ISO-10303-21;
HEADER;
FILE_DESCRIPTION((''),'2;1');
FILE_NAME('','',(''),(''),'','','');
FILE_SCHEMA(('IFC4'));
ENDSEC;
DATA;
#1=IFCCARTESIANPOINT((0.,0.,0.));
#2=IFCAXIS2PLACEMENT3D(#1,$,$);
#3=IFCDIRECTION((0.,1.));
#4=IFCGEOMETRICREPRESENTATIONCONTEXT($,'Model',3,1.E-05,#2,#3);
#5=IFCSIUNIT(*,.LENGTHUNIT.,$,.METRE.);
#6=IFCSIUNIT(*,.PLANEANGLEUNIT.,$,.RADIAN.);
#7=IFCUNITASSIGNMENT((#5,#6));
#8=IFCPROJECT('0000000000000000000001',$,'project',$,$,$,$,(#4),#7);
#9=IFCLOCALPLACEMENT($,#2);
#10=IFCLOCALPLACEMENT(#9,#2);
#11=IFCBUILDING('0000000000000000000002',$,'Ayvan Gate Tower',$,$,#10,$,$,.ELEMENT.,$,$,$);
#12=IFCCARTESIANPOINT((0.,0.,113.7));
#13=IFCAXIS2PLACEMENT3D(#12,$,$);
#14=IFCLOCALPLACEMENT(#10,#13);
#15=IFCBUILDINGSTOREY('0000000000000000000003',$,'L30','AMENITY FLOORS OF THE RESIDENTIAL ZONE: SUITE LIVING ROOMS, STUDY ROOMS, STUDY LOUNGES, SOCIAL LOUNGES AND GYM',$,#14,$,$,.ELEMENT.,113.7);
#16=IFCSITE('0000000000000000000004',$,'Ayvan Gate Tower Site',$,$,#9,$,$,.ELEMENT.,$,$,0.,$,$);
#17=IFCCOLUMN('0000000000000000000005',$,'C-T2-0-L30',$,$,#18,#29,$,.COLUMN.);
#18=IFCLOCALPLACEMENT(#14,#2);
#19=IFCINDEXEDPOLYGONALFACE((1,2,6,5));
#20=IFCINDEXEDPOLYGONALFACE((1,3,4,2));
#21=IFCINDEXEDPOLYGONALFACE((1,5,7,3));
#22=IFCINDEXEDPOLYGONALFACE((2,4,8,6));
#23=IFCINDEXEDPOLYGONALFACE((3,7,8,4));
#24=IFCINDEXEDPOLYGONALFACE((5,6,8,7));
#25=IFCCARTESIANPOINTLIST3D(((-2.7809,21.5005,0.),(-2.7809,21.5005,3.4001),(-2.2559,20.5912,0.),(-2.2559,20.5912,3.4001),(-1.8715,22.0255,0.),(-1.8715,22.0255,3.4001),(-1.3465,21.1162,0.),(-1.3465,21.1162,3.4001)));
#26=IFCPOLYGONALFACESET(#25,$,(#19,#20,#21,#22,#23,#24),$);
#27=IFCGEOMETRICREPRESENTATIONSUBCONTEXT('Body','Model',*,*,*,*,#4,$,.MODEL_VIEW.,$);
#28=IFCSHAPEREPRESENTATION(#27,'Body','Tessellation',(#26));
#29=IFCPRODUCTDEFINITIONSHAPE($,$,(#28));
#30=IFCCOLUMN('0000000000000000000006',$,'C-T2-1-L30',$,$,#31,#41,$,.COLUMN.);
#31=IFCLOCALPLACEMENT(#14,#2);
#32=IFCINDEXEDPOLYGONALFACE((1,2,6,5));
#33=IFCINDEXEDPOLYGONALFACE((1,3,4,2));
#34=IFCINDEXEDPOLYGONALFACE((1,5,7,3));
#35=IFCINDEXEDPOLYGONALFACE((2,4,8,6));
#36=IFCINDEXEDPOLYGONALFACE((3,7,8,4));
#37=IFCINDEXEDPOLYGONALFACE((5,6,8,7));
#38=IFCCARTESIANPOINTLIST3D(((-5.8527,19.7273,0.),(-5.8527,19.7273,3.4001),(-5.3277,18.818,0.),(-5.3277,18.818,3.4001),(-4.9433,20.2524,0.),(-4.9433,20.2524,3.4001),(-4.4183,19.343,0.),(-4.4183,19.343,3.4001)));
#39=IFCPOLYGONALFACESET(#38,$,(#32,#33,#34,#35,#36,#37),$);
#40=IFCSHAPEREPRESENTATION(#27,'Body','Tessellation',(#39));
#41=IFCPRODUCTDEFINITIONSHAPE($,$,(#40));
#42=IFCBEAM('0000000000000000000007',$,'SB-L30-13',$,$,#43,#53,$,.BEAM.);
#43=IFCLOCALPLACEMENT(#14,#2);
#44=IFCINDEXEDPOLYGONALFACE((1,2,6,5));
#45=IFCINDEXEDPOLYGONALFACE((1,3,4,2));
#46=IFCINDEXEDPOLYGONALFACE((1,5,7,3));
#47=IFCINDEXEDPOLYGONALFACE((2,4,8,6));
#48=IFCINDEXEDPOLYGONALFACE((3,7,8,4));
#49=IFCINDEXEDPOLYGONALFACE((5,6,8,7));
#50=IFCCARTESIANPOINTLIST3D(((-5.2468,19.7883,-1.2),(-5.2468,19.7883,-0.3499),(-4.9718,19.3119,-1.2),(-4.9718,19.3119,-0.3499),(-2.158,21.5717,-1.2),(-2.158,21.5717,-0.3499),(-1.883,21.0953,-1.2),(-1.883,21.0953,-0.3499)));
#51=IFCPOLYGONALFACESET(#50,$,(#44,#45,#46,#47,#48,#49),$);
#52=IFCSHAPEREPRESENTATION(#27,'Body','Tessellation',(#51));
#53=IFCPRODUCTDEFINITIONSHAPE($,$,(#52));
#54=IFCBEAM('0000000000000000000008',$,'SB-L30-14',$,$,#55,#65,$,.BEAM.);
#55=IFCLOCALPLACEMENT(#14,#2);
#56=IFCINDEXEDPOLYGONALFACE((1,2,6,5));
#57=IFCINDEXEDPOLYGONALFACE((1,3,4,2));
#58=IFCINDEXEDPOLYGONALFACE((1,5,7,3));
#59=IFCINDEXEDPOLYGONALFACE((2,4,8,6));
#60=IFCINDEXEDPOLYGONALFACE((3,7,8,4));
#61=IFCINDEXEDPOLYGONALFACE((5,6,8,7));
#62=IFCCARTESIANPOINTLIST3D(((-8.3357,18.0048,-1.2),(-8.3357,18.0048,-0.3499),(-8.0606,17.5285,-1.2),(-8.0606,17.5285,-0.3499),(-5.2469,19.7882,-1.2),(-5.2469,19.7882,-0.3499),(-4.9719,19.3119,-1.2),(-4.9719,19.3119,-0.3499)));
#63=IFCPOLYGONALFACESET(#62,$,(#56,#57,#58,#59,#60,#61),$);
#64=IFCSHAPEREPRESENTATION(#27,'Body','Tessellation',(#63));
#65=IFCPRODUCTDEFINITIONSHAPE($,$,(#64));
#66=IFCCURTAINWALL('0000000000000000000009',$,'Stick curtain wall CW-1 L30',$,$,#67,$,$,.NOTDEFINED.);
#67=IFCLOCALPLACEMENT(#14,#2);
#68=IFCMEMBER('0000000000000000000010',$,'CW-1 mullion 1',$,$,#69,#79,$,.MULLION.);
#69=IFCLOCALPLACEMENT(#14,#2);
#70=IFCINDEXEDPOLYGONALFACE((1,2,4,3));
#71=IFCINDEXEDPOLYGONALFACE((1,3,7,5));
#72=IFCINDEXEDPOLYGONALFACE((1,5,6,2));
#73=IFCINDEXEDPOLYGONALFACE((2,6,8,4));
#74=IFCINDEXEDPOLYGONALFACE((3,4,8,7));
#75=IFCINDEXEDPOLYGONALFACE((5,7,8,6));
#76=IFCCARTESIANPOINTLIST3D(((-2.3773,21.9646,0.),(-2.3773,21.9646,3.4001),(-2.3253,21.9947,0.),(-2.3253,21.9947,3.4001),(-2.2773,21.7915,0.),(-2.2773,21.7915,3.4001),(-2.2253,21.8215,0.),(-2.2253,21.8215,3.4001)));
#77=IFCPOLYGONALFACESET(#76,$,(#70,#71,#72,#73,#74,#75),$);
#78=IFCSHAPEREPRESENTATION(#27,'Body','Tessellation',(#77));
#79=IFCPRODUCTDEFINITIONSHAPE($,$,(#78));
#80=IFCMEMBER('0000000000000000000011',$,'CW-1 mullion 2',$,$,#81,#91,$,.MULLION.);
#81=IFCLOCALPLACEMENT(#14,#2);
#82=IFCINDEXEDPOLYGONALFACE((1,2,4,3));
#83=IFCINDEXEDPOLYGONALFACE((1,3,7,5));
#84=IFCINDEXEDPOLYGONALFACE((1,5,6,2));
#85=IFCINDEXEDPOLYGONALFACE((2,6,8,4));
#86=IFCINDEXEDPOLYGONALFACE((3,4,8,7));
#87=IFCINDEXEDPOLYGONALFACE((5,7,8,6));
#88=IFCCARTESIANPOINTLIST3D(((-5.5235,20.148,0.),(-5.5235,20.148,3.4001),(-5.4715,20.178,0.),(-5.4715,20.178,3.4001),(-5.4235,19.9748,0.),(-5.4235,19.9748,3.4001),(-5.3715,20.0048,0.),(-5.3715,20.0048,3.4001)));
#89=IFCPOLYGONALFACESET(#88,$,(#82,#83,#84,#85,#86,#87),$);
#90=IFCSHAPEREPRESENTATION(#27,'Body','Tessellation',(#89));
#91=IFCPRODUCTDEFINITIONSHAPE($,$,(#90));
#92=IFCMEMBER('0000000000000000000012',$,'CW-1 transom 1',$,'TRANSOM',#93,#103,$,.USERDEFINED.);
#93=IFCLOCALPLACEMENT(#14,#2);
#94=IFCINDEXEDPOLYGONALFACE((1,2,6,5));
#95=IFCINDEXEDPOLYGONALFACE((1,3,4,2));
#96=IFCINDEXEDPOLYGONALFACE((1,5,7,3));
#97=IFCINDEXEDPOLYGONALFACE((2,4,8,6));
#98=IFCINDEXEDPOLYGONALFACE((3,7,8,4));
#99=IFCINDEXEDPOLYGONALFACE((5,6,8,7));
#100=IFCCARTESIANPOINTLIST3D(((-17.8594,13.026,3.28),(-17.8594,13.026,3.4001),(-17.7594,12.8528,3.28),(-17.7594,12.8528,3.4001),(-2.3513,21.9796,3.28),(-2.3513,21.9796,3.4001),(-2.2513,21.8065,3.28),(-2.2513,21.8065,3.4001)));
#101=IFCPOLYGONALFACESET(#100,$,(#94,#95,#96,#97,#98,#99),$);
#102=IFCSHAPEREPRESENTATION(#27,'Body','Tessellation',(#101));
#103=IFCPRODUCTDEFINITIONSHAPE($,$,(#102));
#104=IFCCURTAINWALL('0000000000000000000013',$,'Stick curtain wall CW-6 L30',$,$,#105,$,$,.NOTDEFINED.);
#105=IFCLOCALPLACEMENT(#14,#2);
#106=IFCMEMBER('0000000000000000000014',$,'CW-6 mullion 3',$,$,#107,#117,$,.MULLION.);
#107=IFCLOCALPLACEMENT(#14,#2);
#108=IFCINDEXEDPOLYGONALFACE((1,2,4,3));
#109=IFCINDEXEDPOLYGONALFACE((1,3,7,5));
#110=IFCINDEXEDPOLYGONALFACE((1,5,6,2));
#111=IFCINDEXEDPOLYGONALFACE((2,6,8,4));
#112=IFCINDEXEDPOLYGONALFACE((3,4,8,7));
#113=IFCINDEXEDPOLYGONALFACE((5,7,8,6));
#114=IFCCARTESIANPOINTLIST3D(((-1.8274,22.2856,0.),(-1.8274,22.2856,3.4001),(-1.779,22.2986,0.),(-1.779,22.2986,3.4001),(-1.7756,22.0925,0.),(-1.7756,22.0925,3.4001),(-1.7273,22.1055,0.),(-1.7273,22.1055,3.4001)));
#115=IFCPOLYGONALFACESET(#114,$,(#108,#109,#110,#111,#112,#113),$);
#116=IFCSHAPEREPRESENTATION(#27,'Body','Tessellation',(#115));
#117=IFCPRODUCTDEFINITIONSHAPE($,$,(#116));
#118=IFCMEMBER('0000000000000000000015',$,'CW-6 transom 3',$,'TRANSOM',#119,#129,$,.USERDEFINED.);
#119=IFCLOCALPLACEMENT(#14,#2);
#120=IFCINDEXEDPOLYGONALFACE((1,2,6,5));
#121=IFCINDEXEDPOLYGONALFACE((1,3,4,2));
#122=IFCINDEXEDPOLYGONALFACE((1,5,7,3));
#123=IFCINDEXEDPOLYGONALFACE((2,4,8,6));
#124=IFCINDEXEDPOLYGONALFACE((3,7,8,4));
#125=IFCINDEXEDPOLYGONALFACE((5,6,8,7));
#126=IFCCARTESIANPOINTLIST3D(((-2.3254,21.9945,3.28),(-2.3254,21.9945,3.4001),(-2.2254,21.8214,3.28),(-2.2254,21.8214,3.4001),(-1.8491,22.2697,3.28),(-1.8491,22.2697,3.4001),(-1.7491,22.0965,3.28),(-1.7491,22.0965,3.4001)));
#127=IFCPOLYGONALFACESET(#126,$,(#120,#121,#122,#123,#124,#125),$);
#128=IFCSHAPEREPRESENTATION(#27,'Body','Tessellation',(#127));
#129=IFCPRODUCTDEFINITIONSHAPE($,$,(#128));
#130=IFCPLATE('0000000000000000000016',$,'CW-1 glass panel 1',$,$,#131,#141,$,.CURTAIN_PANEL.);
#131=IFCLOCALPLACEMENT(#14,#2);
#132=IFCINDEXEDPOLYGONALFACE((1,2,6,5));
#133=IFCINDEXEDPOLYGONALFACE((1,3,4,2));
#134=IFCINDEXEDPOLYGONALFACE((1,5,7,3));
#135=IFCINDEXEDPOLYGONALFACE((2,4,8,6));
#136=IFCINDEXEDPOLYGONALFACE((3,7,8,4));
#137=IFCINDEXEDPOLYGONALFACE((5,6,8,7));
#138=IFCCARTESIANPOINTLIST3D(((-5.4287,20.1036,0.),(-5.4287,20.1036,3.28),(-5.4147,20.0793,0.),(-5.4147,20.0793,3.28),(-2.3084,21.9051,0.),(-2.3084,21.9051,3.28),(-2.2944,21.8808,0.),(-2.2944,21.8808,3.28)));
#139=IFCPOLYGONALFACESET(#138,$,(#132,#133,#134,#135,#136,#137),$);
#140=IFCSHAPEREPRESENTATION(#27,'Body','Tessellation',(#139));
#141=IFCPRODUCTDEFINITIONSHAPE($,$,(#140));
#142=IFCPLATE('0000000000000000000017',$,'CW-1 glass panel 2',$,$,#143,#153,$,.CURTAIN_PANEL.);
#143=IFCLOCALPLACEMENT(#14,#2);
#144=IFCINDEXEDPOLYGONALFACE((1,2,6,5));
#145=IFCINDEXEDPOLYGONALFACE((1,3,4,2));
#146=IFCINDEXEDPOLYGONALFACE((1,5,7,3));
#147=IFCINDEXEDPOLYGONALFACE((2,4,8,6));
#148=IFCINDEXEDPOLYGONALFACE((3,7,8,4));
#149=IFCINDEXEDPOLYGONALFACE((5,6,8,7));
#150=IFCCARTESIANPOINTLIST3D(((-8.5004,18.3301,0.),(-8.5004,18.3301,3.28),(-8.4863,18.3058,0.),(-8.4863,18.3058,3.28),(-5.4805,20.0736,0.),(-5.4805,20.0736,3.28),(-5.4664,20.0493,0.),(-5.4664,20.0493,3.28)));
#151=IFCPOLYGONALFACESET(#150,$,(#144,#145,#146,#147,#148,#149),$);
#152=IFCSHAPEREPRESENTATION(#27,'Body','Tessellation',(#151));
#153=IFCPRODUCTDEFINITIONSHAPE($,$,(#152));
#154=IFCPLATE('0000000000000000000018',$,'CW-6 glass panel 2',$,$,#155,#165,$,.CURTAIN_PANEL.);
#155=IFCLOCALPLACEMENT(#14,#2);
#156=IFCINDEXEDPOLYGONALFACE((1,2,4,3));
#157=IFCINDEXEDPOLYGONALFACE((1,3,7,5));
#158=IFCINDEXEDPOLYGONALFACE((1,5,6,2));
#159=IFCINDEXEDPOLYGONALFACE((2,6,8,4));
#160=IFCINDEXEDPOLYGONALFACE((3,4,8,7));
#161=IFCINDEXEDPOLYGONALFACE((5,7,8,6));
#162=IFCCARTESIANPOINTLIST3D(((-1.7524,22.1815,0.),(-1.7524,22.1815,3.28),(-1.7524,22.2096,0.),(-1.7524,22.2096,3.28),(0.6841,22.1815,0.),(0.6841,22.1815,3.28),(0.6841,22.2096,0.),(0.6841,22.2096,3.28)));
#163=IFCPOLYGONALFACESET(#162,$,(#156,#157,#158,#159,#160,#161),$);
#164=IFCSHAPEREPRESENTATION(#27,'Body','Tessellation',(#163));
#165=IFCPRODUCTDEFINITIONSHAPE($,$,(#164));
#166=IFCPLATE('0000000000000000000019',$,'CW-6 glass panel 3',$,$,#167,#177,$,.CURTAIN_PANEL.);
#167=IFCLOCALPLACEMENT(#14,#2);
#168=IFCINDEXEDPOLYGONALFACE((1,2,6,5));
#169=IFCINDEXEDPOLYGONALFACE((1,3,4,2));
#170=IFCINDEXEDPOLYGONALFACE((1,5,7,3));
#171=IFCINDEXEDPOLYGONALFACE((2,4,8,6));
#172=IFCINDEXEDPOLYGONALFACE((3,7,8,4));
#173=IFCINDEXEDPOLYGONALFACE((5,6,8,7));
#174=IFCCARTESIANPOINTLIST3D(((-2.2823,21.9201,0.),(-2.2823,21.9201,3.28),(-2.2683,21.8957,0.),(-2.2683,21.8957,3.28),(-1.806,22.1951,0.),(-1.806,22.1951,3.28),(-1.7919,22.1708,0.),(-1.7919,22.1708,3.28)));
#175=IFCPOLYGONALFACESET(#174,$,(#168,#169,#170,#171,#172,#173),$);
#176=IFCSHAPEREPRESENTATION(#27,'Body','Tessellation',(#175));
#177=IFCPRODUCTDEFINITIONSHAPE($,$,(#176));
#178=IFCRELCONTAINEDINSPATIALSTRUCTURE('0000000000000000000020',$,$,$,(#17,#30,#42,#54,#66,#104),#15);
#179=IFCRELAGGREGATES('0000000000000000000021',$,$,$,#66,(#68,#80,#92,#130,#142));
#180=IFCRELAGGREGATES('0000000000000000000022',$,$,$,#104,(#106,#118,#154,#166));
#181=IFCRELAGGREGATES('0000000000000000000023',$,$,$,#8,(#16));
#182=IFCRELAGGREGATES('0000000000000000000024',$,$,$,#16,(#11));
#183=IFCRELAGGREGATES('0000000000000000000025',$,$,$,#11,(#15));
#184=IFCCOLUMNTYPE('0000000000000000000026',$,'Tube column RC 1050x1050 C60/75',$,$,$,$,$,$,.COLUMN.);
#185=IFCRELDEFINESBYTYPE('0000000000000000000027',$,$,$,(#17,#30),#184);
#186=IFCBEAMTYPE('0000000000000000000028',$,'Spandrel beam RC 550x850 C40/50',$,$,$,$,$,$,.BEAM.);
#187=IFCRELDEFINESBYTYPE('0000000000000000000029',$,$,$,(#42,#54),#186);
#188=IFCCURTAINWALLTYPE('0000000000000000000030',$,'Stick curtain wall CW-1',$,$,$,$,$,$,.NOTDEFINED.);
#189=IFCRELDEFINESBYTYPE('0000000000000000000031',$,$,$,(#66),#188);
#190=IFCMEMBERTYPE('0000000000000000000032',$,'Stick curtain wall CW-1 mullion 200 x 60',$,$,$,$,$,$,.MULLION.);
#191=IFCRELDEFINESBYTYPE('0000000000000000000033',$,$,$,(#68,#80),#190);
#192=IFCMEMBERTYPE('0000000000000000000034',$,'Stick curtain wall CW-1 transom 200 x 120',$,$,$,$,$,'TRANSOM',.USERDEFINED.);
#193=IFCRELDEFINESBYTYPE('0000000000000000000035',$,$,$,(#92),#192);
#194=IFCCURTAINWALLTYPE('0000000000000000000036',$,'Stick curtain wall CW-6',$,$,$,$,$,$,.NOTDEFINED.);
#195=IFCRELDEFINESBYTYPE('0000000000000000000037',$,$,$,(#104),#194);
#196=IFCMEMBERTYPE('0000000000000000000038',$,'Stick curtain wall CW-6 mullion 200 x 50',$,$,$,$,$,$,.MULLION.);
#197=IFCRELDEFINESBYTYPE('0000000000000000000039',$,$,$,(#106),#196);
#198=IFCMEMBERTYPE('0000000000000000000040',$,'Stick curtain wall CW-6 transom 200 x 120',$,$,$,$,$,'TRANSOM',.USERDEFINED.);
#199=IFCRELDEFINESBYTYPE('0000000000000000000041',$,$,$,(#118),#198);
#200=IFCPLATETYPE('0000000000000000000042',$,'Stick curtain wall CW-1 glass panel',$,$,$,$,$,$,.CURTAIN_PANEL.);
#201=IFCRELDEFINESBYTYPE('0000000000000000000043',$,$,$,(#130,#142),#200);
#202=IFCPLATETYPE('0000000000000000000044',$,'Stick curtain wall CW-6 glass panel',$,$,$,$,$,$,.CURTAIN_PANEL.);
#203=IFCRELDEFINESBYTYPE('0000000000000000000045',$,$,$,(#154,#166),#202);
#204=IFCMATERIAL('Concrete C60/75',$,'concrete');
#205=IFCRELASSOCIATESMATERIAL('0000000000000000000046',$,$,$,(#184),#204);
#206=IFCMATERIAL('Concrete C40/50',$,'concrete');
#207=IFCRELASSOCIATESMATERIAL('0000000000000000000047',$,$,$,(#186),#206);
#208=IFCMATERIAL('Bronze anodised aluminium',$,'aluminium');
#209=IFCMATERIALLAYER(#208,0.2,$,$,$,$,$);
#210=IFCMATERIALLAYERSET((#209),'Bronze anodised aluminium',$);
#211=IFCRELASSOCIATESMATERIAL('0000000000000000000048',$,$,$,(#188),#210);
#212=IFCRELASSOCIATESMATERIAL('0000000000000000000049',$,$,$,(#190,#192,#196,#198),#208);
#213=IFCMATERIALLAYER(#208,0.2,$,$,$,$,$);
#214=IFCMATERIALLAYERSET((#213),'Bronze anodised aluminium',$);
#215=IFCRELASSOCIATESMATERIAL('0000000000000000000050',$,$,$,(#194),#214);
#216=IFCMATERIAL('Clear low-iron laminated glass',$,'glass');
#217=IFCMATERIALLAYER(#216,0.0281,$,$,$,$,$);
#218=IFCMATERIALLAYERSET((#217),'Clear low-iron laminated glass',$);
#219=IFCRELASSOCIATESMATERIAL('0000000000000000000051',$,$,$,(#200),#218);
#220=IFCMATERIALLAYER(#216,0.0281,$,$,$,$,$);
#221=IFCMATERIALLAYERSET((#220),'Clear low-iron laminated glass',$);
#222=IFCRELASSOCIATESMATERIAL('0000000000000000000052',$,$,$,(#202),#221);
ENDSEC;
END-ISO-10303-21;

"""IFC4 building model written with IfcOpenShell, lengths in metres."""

from ifc_helpers import new_model, si_unit, direction, frame, origin, origin_2d, place, context, subcontext, project, spatial, rectangle, extrude, material, layer, layer_set, material_profile, profile_set, type_object, element, aggregate, save


model = new_model("IFC4")

# Units and contexts
model_context = context("Model", 3, precision=1e-05, world=origin(), true_north=direction((0.0, 1.0)))
body_context = subcontext(model_context, "Body", "Model", "MODEL_VIEW")
ifc_project = project(units=[si_unit("LENGTHUNIT", "METRE"), si_unit("PLANEANGLEUNIT", "RADIAN")], contexts=[model_context])

# Site, building, storey
site_placement = place(None, origin())
site = spatial("IfcSite", under=ifc_project, at=site_placement, Name="Ayvan Gate Tower Site", CompositionType="ELEMENT", RefElevation=0.0)
building_placement = place(site_placement, origin())
building = spatial("IfcBuilding", under=site, at=building_placement, Name="Ayvan Gate Tower", CompositionType="ELEMENT")
storey_placement = place(building_placement, frame((0.0, 0.0, 113.7)))
storey = spatial("IfcBuildingStorey", under=building, at=storey_placement, Name="L30", Description="AMENITY FLOORS OF THE RESIDENTIAL ZONE: SUITE LIVING ROOMS, STUDY ROOMS, STUDY LOUNGES, SOCIAL LOUNGES AND GYM", CompositionType="ELEMENT", Elevation=113.7)

# Columns
ifc_material_1 = material(Name="Concrete C60/75", Category="concrete")
ifc_material_profile_1 = material_profile(ifc_material_1, rectangle(XDim=1.05, YDim=1.05, at=origin_2d()), Name="RC 1050x1050")
ifc_profile_set_1 = profile_set([ifc_material_profile_1], Name="Concrete C60/75")
column_type = type_object("IfcColumnType", Name="Tube column RC 1050x1050 C60/75", PredefinedType="COLUMN", material=ifc_profile_set_1)
for number, where, z_axis, x_axis, name in (
    (1, (-2.0637, 21.3083, 0.0), (0.0, 0.0, 1.0), (-0.5, 0.866025, 0.0), "C-T2-0-L30"),
    (2, (-5.1355, 19.5352, 0.0), (0.0, 0.0, 1.0), (-0.5, 0.866025, 0.0), "C-T2-1-L30"),
):
    element("IfcColumn", number, at=place(storey_placement, frame(where, z_axis=z_axis, x_axis=x_axis)), inside=storey, type_object=column_type, Name=name, PredefinedType="COLUMN", context=body_context, shape_type="SweptSolid", body=[
        extrude(rectangle(XDim=1.05, YDim=1.05, at=origin_2d()), origin(), (0.0, 0.0, 1.0), 3.4001),
    ])

# Beams
ifc_material_2 = material(Name="Concrete C40/50", Category="concrete")
ifc_material_profile_2 = material_profile(ifc_material_2, rectangle(XDim=0.55, YDim=0.8501, at=origin_2d()), Name="RC 550x850")
ifc_profile_set_2 = profile_set([ifc_material_profile_2], Name="Concrete C40/50")
beam_type = type_object("IfcBeamType", Name="Spandrel beam RC 550x850 C40/50", PredefinedType="BEAM", material=ifc_profile_set_2)
for number, where, z_axis, x_axis, name in (
    (3, (-2.0205, 21.3335, -0.7749), (-0.866015, -0.500019, 0.0), (0.500019, -0.866015, 0.0), "SB-L30-13"),
    (4, (-5.1094, 19.55, -0.7749), (-0.866015, -0.500019, 0.0), (0.500019, -0.866015, 0.0), "SB-L30-14"),
):
    element("IfcBeam", number, at=place(storey_placement, frame(where, z_axis=z_axis, x_axis=x_axis)), inside=storey, type_object=beam_type, Name=name, PredefinedType="BEAM", context=body_context, shape_type="SweptSolid", body=[
        extrude(rectangle(XDim=0.55, YDim=0.8501, at=origin_2d()), origin(), (0.0, 0.0, 1.0), 3.5667),
    ])

# Curtain walls, members
ifc_material_3 = material(Name="Bronze anodised aluminium", Category="aluminium")
ifc_layer_1 = layer(ifc_material_3, 0.2)
ifc_layer_set_1 = layer_set([ifc_layer_1], Name="Bronze anodised aluminium")
curtain_wall_type_1 = type_object("IfcCurtainWallType", Name="Stick curtain wall CW-1", PredefinedType="NOTDEFINED", material=ifc_layer_set_1)
curtain_wall_1_placement = place(storey_placement, origin())
curtain_wall_1 = element("IfcCurtainWall", 5, at=curtain_wall_1_placement, inside=storey, type_object=curtain_wall_type_1, Name="Stick curtain wall CW-1 L30", PredefinedType="NOTDEFINED")
ifc_material_profile_3 = material_profile(ifc_material_3, rectangle(XDim=0.2, YDim=0.0601, at=origin_2d()), Name="Stick curtain wall CW-1 mullion 200 x 60")
ifc_profile_set_3 = profile_set([ifc_material_profile_3], Name="Bronze anodised aluminium")
member_type_1 = type_object("IfcMemberType", Name="Stick curtain wall CW-1 mullion 200 x 60", PredefinedType="MULLION", material=ifc_profile_set_3)
member_1_placement = place(storey_placement, frame((-2.3013, 21.8931, 0.0), z_axis=(0.0, 0.0, 1.0), x_axis=(-0.5, 0.866025, 0.0)))
member_1 = element("IfcMember", 6, at=member_1_placement, type_object=member_type_1, Name="CW-1 mullion 1", PredefinedType="MULLION", context=body_context, shape_type="SweptSolid", body=[
    extrude(rectangle(XDim=0.2, YDim=0.0601, at=origin_2d()), origin(), (0.0, 0.0, 1.0), 3.4001),
])
member_2_placement = place(storey_placement, frame((-5.4475, 20.0764, 0.0), z_axis=(0.0, 0.0, 1.0), x_axis=(-0.5, 0.866025, 0.0)))
member_2 = element("IfcMember", 7, at=member_2_placement, type_object=member_type_1, Name="CW-1 mullion 2", PredefinedType="MULLION", context=body_context, shape_type="SweptSolid", body=[
    extrude(rectangle(XDim=0.2, YDim=0.0601, at=origin_2d()), origin(), (0.0, 0.0, 1.0), 3.4001),
])
ifc_material_profile_4 = material_profile(ifc_material_3, rectangle(XDim=0.2, YDim=0.1201, at=origin_2d()), Name="Stick curtain wall CW-1 transom 200 x 120")
ifc_profile_set_4 = profile_set([ifc_material_profile_4], Name="Bronze anodised aluminium")
member_type_2 = type_object("IfcMemberType", Name="Stick curtain wall CW-1 transom 200 x 120", ElementType="TRANSOM", PredefinedType="USERDEFINED", material=ifc_profile_set_4)
member_3_placement = place(storey_placement, frame((-2.3013, 21.8931, 3.3401), z_axis=(-0.866025, -0.500001, 0.0), x_axis=(0.500001, -0.866025, 0.0)))
member_3 = element("IfcMember", 8, at=member_3_placement, type_object=member_type_2, Name="CW-1 transom 1", ObjectType="TRANSOM", PredefinedType="USERDEFINED", context=body_context, shape_type="SweptSolid", body=[
    extrude(rectangle(XDim=0.2, YDim=0.1201, at=origin_2d()), origin(), (0.0, 0.0, 1.0), 17.9072),
])
ifc_layer_2 = layer(ifc_material_3, 0.2)
ifc_layer_set_2 = layer_set([ifc_layer_2], Name="Bronze anodised aluminium")
curtain_wall_type_2 = type_object("IfcCurtainWallType", Name="Stick curtain wall CW-6", PredefinedType="NOTDEFINED", material=ifc_layer_set_2)
curtain_wall_2_placement = place(storey_placement, origin())
curtain_wall_2 = element("IfcCurtainWall", 9, at=curtain_wall_2_placement, inside=storey, type_object=curtain_wall_type_2, Name="Stick curtain wall CW-6 L30", PredefinedType="NOTDEFINED")
ifc_material_profile_5 = material_profile(ifc_material_3, rectangle(XDim=0.2, YDim=0.05, at=origin_2d()), Name="Stick curtain wall CW-6 mullion 200 x 50")
ifc_profile_set_5 = profile_set([ifc_material_profile_5], Name="Bronze anodised aluminium")
member_type_3 = type_object("IfcMemberType", Name="Stick curtain wall CW-6 mullion 200 x 50", PredefinedType="MULLION", material=ifc_profile_set_5)
member_4_placement = place(storey_placement, frame((-1.7773, 22.1956, 0.0), z_axis=(0.0, 0.0, 1.0), x_axis=(-0.258819, 0.965926, 0.0)))
member_4 = element("IfcMember", 10, at=member_4_placement, type_object=member_type_3, Name="CW-6 mullion 3", PredefinedType="MULLION", context=body_context, shape_type="SweptSolid", body=[
    extrude(rectangle(XDim=0.2, YDim=0.05, at=origin_2d()), origin(), (0.0, 0.0, 1.0), 3.4001),
])
ifc_material_profile_6 = material_profile(ifc_material_3, rectangle(XDim=0.2, YDim=0.1201, at=origin_2d()), Name="Stick curtain wall CW-6 transom 200 x 120")
ifc_profile_set_6 = profile_set([ifc_material_profile_6], Name="Bronze anodised aluminium")
member_type_4 = type_object("IfcMemberType", Name="Stick curtain wall CW-6 transom 200 x 120", ElementType="TRANSOM", PredefinedType="USERDEFINED", material=ifc_profile_set_6)
member_5_placement = place(storey_placement, frame((-1.7991, 22.1831, 3.3401), z_axis=(-0.865912, -0.500196, 0.0), x_axis=(0.500196, -0.865912, 0.0)))
member_5 = element("IfcMember", 11, at=member_5_placement, type_object=member_type_4, Name="CW-6 transom 3", ObjectType="TRANSOM", PredefinedType="USERDEFINED", context=body_context, shape_type="SweptSolid", body=[
    extrude(rectangle(XDim=0.2, YDim=0.1201, at=origin_2d()), origin(), (0.0, 0.0, 1.0), 0.55),
])

# Plates
ifc_material_4 = material(Name="Clear low-iron laminated glass", Category="glass")
ifc_layer_3 = layer(ifc_material_4, 0.0281)
ifc_layer_set_3 = layer_set([ifc_layer_3], Name="Clear low-iron laminated glass")
plate_type_1 = type_object("IfcPlateType", Name="Stick curtain wall CW-1 glass panel", PredefinedType="CURTAIN_PANEL", material=ifc_layer_set_3)
plate_1_placement = place(storey_placement, frame((-3.8616, 20.9922, 0.0), z_axis=(0.0, 0.0, 1.0), x_axis=(-0.866025, -0.5, 0.0)))
plate_1 = element("IfcPlate", 12, at=plate_1_placement, type_object=plate_type_1, Name="CW-1 glass panel 1", PredefinedType="CURTAIN_PANEL", context=body_context, shape_type="SweptSolid", body=[
    extrude(rectangle(XDim=3.603, YDim=0.0281, at=origin_2d()), origin(), (0.0, 0.0, 1.0), 3.28),
])
plate_2_placement = place(storey_placement, frame((-6.9834, 19.1897, 0.0), z_axis=(0.0, 0.0, 1.0), x_axis=(-0.866025, -0.5, 0.0)))
plate_2 = element("IfcPlate", 13, at=plate_2_placement, type_object=plate_type_1, Name="CW-1 glass panel 2", PredefinedType="CURTAIN_PANEL", context=body_context, shape_type="SweptSolid", body=[
    extrude(rectangle(XDim=3.4871, YDim=0.0281, at=origin_2d()), origin(), (0.0, 0.0, 1.0), 3.28),
])
aggregate(curtain_wall_1, [member_1, member_2, member_3, plate_1, plate_2])
ifc_layer_4 = layer(ifc_material_4, 0.0281)
ifc_layer_set_4 = layer_set([ifc_layer_4], Name="Clear low-iron laminated glass")
plate_type_2 = type_object("IfcPlateType", Name="Stick curtain wall CW-6 glass panel", PredefinedType="CURTAIN_PANEL", material=ifc_layer_set_4)
plate_3_placement = place(storey_placement, frame((-0.5342, 22.1956, 0.0), z_axis=(0.0, 0.0, 1.0), x_axis=(-1.0, 0.0, 0.0)))
plate_3 = element("IfcPlate", 14, at=plate_3_placement, type_object=plate_type_2, Name="CW-6 glass panel 2", PredefinedType="CURTAIN_PANEL", context=body_context, shape_type="SweptSolid", body=[
    extrude(rectangle(XDim=2.4365, YDim=0.0281, at=origin_2d()), origin(), (0.0, 0.0, 1.0), 3.28),
])
plate_4_placement = place(storey_placement, frame((-2.0371, 22.0454, 0.0), z_axis=(0.0, 0.0, 1.0), x_axis=(-0.866025, -0.5, 0.0)))
plate_4 = element("IfcPlate", 15, at=plate_4_placement, type_object=plate_type_2, Name="CW-6 glass panel 3", PredefinedType="CURTAIN_PANEL", context=body_context, shape_type="SweptSolid", body=[
    extrude(rectangle(XDim=0.55, YDim=0.0281, at=origin_2d()), origin(), (0.0, 0.0, 1.0), 3.28),
])
aggregate(curtain_wall_2, [member_4, member_5, plate_3, plate_4])

save(model, "model.ifc")
